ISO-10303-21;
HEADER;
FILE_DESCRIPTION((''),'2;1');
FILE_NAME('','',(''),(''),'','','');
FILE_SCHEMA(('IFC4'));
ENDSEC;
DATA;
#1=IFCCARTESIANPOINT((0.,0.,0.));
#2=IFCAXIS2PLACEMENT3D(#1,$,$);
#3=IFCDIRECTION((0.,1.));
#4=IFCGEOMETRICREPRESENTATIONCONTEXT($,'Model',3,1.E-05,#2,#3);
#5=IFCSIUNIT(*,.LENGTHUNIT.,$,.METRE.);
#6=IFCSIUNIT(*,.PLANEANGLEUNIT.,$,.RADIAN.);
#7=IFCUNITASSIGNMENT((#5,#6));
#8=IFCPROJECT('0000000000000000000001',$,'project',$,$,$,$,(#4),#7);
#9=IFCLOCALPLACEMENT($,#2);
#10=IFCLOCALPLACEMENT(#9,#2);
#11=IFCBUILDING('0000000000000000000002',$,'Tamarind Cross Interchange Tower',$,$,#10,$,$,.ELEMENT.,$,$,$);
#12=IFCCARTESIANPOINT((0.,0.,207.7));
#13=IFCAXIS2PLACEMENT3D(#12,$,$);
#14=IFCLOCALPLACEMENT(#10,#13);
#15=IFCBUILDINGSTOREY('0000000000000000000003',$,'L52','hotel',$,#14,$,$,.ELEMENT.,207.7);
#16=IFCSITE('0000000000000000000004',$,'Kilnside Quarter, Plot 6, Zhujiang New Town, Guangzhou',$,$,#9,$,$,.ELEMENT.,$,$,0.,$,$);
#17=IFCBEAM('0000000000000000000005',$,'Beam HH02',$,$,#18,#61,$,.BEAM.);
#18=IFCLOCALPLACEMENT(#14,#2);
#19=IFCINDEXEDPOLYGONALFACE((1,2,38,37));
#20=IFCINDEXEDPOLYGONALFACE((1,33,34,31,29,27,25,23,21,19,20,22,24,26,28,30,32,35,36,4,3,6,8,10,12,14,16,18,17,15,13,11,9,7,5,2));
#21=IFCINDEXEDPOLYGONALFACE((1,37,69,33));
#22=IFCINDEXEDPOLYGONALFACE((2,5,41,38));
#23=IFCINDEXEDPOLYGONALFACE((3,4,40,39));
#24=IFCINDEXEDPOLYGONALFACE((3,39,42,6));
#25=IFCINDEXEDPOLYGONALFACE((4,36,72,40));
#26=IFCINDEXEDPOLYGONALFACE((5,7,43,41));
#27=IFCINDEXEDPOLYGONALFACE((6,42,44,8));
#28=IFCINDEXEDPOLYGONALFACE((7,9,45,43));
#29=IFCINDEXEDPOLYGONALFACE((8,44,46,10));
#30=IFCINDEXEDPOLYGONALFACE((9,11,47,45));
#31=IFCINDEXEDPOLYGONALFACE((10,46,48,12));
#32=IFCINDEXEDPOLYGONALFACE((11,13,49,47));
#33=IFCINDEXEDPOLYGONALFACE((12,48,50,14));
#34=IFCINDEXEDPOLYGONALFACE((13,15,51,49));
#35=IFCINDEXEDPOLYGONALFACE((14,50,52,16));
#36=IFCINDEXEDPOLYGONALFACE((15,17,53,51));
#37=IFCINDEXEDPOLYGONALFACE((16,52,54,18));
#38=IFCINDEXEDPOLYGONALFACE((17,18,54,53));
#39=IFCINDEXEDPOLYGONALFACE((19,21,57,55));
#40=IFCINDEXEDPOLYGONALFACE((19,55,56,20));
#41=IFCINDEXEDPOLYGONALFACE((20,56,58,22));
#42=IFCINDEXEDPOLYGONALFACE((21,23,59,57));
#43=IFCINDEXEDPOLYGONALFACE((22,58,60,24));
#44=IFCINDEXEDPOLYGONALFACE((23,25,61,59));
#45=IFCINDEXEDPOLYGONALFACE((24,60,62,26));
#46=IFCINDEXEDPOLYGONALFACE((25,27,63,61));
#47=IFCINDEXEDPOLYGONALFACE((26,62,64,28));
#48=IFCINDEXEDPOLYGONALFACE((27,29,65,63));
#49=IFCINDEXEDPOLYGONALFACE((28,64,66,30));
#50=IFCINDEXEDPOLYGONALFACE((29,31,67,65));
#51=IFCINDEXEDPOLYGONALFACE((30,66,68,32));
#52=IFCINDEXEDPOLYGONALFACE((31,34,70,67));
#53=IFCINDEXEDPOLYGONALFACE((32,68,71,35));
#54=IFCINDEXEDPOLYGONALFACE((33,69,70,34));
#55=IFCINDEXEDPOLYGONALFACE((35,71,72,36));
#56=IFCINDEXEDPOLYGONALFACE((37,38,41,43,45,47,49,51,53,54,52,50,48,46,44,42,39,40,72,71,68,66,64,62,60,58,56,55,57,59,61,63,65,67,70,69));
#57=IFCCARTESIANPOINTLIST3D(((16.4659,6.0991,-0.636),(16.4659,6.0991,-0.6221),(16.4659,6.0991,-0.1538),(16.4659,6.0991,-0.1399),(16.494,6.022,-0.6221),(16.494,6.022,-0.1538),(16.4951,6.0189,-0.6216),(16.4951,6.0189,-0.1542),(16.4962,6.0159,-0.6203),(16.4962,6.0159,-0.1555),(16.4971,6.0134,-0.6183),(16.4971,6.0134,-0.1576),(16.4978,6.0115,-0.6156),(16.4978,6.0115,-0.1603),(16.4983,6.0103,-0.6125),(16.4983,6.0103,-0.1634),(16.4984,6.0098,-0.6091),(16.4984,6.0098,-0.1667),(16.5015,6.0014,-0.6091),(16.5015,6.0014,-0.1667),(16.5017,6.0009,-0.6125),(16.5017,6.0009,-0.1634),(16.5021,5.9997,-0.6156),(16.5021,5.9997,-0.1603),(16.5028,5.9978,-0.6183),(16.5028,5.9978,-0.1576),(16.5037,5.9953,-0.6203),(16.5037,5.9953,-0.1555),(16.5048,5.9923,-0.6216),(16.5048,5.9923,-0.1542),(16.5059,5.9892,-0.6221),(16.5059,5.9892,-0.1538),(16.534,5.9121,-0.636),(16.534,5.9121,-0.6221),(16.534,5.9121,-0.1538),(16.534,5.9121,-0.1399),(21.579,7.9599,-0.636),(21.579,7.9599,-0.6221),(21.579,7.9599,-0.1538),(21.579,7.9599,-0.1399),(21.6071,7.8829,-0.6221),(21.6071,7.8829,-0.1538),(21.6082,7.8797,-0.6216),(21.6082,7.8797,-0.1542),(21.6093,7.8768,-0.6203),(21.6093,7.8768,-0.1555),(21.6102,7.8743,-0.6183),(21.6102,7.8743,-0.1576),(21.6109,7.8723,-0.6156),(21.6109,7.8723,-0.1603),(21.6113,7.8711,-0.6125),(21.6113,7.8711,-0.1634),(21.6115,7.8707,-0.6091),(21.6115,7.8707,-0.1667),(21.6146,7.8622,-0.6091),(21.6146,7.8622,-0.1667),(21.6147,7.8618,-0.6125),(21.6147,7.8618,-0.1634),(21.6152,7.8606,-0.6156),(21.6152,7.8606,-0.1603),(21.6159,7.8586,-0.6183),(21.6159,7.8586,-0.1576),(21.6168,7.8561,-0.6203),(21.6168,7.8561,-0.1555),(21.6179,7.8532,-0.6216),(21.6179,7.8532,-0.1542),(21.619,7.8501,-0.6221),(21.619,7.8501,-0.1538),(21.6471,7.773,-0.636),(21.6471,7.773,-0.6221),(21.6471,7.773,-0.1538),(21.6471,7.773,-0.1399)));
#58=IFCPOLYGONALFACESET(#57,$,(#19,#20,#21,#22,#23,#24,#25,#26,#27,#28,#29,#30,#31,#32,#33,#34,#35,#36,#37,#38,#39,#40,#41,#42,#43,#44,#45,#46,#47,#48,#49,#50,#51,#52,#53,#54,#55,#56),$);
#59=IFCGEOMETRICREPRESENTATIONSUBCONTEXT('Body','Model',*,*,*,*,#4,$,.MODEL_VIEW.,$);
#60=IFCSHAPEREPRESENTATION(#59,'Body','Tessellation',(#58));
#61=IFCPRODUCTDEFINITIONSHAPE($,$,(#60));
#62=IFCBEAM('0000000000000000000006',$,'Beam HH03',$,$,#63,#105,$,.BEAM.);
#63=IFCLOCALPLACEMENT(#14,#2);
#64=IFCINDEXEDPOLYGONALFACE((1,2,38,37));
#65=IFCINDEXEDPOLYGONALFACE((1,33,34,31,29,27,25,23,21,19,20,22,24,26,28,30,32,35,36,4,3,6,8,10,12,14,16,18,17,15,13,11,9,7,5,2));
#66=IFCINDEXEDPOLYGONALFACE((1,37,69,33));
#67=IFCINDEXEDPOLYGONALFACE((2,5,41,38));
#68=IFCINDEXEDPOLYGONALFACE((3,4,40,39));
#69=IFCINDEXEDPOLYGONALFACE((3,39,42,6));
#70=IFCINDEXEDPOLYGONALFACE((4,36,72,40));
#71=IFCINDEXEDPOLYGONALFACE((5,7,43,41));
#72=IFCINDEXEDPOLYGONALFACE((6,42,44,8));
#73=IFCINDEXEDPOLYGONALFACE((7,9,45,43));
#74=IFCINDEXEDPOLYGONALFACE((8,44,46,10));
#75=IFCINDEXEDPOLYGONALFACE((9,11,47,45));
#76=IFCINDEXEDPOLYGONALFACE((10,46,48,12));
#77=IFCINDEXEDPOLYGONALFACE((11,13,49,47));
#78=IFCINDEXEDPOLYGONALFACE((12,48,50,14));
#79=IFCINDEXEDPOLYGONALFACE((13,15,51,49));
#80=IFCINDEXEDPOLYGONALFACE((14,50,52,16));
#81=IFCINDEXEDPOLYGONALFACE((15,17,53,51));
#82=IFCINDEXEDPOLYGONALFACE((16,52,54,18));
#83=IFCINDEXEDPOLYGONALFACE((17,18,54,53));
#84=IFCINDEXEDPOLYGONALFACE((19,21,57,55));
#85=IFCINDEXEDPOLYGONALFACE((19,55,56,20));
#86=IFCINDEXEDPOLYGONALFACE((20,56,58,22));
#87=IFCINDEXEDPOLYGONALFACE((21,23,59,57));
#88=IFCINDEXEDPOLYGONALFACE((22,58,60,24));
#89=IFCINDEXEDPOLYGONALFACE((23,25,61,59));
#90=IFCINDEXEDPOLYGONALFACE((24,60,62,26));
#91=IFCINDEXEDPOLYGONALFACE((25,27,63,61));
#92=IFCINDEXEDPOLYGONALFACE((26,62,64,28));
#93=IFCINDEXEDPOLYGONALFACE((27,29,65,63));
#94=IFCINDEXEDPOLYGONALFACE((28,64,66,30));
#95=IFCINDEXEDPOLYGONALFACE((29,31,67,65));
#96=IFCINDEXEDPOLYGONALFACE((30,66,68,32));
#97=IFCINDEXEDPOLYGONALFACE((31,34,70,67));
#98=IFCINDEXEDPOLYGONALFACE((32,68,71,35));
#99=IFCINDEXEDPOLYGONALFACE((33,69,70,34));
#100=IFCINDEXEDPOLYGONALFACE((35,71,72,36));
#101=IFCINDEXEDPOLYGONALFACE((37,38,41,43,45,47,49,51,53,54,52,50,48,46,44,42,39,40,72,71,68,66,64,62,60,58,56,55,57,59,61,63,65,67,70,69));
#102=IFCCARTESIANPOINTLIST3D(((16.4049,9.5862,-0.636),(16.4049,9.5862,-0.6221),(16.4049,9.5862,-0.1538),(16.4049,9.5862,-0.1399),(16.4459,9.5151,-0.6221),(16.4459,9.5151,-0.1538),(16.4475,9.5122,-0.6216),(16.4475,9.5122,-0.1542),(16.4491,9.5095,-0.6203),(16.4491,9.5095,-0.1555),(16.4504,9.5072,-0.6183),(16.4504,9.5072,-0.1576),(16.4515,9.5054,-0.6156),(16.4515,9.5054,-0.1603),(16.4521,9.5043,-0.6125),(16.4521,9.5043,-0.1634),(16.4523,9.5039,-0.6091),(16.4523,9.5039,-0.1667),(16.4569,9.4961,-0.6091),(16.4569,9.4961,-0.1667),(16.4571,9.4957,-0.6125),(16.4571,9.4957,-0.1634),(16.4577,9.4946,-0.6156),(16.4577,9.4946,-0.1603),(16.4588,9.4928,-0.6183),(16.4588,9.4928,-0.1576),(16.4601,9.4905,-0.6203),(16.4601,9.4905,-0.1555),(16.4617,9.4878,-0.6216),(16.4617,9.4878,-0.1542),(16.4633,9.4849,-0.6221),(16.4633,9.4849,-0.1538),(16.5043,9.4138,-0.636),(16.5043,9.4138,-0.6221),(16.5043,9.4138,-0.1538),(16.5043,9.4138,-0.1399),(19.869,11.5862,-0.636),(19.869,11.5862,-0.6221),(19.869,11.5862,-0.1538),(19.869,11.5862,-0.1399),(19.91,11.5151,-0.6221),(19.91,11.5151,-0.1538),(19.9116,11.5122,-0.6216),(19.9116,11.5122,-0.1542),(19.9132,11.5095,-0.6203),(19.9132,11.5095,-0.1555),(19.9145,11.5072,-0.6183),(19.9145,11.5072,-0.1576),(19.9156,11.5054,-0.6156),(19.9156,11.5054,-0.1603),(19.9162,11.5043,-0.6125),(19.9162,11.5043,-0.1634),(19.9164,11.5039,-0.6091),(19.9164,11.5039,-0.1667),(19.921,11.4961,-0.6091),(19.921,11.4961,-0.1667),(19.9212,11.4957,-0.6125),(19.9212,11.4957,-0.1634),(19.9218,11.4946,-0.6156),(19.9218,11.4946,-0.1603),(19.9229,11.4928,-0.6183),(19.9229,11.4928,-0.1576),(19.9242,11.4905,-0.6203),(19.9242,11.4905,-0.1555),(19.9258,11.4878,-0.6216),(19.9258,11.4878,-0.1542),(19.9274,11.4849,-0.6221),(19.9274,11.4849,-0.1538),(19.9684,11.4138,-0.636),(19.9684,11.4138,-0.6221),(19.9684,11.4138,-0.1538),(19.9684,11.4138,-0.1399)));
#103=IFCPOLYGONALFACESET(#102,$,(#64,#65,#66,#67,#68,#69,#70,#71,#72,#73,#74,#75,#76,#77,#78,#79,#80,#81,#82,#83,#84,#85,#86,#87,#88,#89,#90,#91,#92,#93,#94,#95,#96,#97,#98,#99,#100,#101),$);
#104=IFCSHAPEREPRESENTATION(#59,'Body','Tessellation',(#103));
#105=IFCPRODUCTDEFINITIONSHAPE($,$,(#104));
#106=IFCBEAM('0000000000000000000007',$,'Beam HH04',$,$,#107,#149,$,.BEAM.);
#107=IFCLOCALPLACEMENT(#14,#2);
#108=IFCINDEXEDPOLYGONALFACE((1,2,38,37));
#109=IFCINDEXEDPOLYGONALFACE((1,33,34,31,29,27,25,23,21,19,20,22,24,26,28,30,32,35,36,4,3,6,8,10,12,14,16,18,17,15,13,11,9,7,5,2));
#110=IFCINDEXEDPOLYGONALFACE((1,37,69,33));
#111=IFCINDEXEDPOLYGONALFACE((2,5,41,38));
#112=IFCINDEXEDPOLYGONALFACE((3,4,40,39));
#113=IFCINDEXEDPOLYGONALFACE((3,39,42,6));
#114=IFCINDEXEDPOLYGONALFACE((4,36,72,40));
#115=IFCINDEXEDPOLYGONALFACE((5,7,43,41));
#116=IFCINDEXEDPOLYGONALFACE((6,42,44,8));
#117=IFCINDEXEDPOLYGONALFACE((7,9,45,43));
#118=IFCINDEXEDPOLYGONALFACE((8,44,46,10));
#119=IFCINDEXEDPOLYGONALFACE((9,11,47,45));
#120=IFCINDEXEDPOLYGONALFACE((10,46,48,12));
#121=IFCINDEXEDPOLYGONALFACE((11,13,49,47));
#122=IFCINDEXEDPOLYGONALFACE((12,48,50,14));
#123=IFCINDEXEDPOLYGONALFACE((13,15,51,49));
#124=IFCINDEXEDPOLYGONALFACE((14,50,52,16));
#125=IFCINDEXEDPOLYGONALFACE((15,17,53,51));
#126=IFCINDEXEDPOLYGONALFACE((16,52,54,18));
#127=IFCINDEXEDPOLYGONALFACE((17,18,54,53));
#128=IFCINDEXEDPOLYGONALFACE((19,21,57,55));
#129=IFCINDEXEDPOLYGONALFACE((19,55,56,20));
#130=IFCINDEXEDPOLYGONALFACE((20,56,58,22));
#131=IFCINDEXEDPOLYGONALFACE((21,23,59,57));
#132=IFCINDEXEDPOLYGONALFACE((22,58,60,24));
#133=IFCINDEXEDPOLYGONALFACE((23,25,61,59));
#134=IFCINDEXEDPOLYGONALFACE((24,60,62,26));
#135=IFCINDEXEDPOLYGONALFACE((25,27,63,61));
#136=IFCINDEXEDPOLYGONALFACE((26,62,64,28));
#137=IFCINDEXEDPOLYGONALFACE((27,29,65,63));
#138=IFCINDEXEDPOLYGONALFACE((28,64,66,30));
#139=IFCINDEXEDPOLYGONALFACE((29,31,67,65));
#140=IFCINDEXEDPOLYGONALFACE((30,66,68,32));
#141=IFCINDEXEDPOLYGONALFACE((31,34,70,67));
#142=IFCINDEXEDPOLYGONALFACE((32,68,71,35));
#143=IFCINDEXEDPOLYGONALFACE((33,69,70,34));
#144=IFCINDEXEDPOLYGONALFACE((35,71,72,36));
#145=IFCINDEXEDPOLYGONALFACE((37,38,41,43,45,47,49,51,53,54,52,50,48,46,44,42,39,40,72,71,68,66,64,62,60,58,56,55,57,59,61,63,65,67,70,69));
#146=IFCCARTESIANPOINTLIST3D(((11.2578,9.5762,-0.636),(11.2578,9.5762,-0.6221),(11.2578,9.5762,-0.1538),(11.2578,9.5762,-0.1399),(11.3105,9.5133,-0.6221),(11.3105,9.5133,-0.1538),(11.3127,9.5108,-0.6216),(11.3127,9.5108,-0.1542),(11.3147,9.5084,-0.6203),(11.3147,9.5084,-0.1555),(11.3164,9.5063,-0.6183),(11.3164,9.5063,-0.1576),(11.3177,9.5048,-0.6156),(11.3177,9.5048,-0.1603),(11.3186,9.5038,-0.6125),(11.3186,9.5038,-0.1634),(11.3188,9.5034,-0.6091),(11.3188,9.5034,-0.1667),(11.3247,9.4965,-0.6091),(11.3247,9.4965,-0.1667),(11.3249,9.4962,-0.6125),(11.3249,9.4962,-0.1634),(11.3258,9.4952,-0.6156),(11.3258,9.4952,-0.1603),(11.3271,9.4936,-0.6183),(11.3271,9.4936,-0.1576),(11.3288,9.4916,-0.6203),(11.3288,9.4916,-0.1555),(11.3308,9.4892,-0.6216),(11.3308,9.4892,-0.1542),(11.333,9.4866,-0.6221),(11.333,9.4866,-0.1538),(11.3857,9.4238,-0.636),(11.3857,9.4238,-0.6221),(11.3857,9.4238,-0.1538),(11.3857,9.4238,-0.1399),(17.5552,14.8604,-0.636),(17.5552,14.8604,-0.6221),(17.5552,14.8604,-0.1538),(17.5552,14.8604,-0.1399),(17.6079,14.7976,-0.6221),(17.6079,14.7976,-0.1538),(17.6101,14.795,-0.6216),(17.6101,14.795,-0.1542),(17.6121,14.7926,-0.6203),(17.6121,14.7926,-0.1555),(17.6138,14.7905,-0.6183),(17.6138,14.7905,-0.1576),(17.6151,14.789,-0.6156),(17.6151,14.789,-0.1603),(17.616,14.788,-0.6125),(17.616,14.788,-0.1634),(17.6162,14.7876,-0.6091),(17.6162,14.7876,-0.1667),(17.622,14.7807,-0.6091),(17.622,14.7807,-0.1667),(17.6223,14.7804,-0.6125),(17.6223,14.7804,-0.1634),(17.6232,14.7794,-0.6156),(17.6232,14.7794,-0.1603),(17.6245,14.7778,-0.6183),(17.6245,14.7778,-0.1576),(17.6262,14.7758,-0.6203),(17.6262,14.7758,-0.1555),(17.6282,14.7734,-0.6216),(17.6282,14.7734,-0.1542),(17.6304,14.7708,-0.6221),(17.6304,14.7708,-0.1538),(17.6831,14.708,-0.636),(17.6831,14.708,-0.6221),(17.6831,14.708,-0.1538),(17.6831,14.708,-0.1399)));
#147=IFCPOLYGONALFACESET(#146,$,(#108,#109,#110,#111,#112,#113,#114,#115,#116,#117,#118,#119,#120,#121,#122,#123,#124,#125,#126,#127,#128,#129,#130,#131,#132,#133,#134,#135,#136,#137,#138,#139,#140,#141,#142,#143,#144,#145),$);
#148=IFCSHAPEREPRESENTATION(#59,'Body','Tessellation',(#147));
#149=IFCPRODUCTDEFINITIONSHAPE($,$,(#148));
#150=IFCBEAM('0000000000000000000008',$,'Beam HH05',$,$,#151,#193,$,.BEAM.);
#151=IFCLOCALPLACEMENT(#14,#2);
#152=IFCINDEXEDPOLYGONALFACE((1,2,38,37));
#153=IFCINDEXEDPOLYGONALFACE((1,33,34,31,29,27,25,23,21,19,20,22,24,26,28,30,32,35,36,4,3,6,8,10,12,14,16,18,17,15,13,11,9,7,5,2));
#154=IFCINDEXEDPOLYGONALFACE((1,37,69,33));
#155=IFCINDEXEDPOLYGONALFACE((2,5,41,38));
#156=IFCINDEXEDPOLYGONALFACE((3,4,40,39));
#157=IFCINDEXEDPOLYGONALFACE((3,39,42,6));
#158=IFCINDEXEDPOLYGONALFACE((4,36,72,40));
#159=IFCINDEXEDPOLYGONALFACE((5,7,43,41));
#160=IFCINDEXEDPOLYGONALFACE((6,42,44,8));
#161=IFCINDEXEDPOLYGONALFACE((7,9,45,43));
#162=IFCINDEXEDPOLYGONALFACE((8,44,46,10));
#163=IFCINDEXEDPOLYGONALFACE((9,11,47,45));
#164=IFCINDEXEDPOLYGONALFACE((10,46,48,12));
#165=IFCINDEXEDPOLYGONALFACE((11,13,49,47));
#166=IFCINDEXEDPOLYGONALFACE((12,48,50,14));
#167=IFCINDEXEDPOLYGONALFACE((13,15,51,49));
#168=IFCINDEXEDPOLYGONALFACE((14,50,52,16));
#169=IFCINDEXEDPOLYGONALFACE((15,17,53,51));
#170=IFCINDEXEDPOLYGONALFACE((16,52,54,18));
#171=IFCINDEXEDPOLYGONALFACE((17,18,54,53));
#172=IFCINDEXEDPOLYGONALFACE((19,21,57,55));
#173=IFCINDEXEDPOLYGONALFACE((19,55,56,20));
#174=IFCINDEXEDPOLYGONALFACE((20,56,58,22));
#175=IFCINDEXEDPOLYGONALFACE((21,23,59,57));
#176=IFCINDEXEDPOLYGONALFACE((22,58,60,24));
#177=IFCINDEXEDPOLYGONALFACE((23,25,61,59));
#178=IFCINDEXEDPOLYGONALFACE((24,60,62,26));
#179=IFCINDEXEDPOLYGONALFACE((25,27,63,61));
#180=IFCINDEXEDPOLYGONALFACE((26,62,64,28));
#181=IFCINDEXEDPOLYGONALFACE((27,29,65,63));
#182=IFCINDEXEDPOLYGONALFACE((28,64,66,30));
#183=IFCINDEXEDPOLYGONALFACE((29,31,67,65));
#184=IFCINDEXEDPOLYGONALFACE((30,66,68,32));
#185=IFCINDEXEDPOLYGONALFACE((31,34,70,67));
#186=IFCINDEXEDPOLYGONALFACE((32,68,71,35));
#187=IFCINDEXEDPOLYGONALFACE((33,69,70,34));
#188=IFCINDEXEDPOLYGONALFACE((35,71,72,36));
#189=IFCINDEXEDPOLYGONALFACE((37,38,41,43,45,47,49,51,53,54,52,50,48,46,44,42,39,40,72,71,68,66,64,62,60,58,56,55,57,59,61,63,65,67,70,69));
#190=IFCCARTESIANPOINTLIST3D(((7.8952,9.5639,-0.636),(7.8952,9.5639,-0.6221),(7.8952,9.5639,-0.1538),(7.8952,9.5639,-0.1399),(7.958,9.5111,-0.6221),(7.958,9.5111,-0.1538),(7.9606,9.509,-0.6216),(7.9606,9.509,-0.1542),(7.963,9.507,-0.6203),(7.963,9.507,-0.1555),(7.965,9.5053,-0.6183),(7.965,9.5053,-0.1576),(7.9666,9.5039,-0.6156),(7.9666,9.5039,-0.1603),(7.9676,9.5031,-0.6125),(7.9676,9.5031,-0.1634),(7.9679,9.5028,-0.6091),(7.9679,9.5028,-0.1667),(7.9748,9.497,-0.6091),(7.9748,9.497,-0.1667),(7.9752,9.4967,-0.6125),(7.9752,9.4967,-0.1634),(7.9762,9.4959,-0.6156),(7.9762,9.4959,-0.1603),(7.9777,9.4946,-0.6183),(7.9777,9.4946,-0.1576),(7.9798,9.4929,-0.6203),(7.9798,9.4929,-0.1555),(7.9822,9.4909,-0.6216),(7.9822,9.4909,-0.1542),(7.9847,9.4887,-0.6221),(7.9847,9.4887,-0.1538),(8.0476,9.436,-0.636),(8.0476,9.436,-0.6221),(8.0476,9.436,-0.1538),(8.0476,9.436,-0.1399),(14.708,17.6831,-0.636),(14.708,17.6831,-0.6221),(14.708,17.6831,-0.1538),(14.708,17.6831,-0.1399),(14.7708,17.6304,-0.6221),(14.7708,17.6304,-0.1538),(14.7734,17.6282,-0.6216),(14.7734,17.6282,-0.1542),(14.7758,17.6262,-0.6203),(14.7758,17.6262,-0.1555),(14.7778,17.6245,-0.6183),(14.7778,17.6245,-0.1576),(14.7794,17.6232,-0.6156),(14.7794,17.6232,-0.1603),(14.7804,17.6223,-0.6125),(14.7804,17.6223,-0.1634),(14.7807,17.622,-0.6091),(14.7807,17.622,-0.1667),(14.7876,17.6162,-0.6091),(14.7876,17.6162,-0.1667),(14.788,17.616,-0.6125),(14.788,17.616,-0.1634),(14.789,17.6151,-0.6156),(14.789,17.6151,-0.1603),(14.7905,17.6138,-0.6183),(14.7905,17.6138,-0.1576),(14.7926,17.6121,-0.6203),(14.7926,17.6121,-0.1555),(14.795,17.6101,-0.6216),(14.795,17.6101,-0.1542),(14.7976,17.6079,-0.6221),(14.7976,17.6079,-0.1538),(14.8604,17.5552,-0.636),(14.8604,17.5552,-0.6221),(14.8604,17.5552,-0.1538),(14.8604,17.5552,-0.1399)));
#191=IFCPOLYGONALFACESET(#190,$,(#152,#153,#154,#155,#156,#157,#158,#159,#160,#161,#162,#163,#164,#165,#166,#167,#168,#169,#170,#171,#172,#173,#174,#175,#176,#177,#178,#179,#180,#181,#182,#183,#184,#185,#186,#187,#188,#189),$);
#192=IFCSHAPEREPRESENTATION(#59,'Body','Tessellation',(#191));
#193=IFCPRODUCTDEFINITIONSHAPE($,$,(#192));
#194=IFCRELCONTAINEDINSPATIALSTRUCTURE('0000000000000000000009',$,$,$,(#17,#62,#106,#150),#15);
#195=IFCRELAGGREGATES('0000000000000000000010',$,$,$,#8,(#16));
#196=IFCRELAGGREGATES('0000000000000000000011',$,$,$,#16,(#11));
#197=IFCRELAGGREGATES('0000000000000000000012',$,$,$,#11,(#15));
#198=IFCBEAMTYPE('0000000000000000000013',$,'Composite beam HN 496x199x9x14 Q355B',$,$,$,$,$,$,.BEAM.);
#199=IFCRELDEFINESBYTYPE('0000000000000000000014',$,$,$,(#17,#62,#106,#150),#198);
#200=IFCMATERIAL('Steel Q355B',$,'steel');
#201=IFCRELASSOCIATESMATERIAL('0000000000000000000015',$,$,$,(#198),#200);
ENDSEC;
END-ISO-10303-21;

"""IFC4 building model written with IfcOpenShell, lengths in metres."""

from ifc_helpers import new_model, si_unit, direction, frame, origin, origin_2d, place, context, subcontext, project, spatial, i_section, extrude, material, material_profile, profile_set, type_object, element, save


model = new_model("IFC4")

# Units and contexts
model_context = context("Model", 3, precision=1e-05, world=origin(), true_north=direction((0.0, 1.0)))
body_context = subcontext(model_context, "Body", "Model", "MODEL_VIEW")
ifc_project = project(units=[si_unit("LENGTHUNIT", "METRE"), si_unit("PLANEANGLEUNIT", "RADIAN")], contexts=[model_context])

# Site, building, storey
site_placement = place(None, origin())
site = spatial("IfcSite", under=ifc_project, at=site_placement, Name="Kilnside Quarter, Plot 6, Zhujiang New Town, Guangzhou", CompositionType="ELEMENT", RefElevation=0.0)
building_placement = place(site_placement, origin())
building = spatial("IfcBuilding", under=site, at=building_placement, Name="Tamarind Cross Interchange Tower", CompositionType="ELEMENT")
storey_placement = place(building_placement, frame((0.0, 0.0, 207.7)))
storey = spatial("IfcBuildingStorey", under=building, at=storey_placement, Name="L52", Description="hotel", CompositionType="ELEMENT", Elevation=207.7)

# Beams
ifc_material_1 = material(Name="Steel Q355B", Category="steel")
ifc_material_profile_1 = material_profile(ifc_material_1, i_section(OverallWidth=0.199, OverallDepth=0.4961, WebThickness=0.009, FlangeThickness=0.0139, FilletRadius=0.0129, at=origin_2d()), Name="HN 496x199x9x14")
ifc_profile_set_1 = profile_set([ifc_material_profile_1], Name="Steel Q355B")
beam_type = type_object("IfcBeamType", Name="Composite beam HN 496x199x9x14 Q355B", PredefinedType="BEAM", material=ifc_profile_set_1)
beam_1_placement = place(storey_placement, frame((21.613, 7.8665, -0.3879), z_axis=(-0.939702, -0.341995, 0.0), x_axis=(0.341995, -0.939702, 0.0)))
element("IfcBeam", 1, at=beam_1_placement, inside=storey, type_object=beam_type, Name="Beam HH02", PredefinedType="BEAM", context=body_context, shape_type="SweptSolid", body=[
    extrude(i_section(OverallWidth=0.199, OverallDepth=0.4961, WebThickness=0.009, FlangeThickness=0.0139, FilletRadius=0.0129, at=origin_2d()), origin(), (0.0, 0.0, 1.0), 5.4412),
])
beam_2_placement = place(storey_placement, frame((19.9187, 11.5, -0.3879), z_axis=(-0.866026, -0.499999, 0.0), x_axis=(0.499999, -0.866026, 0.0)))
element("IfcBeam", 2, at=beam_2_placement, inside=storey, type_object=beam_type, Name="Beam HH03", PredefinedType="BEAM", context=body_context, shape_type="SweptSolid", body=[
    extrude(i_section(OverallWidth=0.199, OverallDepth=0.4961, WebThickness=0.009, FlangeThickness=0.0139, FilletRadius=0.0129, at=origin_2d()), origin(), (0.0, 0.0, 1.0), 4.0),
])
beam_3_placement = place(storey_placement, frame((17.6191, 14.7842, -0.3879), z_axis=(-0.766041, -0.642792, 0.0), x_axis=(0.642792, -0.766041, 0.0)))
element("IfcBeam", 3, at=beam_3_placement, inside=storey, type_object=beam_type, Name="Beam HH04", PredefinedType="BEAM", context=body_context, shape_type="SweptSolid", body=[
    extrude(i_section(OverallWidth=0.199, OverallDepth=0.4961, WebThickness=0.009, FlangeThickness=0.0139, FilletRadius=0.0129, at=origin_2d()), origin(), (0.0, 0.0, 1.0), 8.2207),
])
beam_4_placement = place(storey_placement, frame((14.7842, 17.6191, -0.3879), z_axis=(-0.642786, -0.766046, 0.0), x_axis=(0.766046, -0.642786, 0.0)))
element("IfcBeam", 4, at=beam_4_placement, inside=storey, type_object=beam_type, Name="Beam HH05", PredefinedType="BEAM", context=body_context, shape_type="SweptSolid", body=[
    extrude(i_section(OverallWidth=0.199, OverallDepth=0.4961, WebThickness=0.009, FlangeThickness=0.0139, FilletRadius=0.0129, at=origin_2d()), origin(), (0.0, 0.0, 1.0), 10.5989),
])

save(model, "model.ifc")
